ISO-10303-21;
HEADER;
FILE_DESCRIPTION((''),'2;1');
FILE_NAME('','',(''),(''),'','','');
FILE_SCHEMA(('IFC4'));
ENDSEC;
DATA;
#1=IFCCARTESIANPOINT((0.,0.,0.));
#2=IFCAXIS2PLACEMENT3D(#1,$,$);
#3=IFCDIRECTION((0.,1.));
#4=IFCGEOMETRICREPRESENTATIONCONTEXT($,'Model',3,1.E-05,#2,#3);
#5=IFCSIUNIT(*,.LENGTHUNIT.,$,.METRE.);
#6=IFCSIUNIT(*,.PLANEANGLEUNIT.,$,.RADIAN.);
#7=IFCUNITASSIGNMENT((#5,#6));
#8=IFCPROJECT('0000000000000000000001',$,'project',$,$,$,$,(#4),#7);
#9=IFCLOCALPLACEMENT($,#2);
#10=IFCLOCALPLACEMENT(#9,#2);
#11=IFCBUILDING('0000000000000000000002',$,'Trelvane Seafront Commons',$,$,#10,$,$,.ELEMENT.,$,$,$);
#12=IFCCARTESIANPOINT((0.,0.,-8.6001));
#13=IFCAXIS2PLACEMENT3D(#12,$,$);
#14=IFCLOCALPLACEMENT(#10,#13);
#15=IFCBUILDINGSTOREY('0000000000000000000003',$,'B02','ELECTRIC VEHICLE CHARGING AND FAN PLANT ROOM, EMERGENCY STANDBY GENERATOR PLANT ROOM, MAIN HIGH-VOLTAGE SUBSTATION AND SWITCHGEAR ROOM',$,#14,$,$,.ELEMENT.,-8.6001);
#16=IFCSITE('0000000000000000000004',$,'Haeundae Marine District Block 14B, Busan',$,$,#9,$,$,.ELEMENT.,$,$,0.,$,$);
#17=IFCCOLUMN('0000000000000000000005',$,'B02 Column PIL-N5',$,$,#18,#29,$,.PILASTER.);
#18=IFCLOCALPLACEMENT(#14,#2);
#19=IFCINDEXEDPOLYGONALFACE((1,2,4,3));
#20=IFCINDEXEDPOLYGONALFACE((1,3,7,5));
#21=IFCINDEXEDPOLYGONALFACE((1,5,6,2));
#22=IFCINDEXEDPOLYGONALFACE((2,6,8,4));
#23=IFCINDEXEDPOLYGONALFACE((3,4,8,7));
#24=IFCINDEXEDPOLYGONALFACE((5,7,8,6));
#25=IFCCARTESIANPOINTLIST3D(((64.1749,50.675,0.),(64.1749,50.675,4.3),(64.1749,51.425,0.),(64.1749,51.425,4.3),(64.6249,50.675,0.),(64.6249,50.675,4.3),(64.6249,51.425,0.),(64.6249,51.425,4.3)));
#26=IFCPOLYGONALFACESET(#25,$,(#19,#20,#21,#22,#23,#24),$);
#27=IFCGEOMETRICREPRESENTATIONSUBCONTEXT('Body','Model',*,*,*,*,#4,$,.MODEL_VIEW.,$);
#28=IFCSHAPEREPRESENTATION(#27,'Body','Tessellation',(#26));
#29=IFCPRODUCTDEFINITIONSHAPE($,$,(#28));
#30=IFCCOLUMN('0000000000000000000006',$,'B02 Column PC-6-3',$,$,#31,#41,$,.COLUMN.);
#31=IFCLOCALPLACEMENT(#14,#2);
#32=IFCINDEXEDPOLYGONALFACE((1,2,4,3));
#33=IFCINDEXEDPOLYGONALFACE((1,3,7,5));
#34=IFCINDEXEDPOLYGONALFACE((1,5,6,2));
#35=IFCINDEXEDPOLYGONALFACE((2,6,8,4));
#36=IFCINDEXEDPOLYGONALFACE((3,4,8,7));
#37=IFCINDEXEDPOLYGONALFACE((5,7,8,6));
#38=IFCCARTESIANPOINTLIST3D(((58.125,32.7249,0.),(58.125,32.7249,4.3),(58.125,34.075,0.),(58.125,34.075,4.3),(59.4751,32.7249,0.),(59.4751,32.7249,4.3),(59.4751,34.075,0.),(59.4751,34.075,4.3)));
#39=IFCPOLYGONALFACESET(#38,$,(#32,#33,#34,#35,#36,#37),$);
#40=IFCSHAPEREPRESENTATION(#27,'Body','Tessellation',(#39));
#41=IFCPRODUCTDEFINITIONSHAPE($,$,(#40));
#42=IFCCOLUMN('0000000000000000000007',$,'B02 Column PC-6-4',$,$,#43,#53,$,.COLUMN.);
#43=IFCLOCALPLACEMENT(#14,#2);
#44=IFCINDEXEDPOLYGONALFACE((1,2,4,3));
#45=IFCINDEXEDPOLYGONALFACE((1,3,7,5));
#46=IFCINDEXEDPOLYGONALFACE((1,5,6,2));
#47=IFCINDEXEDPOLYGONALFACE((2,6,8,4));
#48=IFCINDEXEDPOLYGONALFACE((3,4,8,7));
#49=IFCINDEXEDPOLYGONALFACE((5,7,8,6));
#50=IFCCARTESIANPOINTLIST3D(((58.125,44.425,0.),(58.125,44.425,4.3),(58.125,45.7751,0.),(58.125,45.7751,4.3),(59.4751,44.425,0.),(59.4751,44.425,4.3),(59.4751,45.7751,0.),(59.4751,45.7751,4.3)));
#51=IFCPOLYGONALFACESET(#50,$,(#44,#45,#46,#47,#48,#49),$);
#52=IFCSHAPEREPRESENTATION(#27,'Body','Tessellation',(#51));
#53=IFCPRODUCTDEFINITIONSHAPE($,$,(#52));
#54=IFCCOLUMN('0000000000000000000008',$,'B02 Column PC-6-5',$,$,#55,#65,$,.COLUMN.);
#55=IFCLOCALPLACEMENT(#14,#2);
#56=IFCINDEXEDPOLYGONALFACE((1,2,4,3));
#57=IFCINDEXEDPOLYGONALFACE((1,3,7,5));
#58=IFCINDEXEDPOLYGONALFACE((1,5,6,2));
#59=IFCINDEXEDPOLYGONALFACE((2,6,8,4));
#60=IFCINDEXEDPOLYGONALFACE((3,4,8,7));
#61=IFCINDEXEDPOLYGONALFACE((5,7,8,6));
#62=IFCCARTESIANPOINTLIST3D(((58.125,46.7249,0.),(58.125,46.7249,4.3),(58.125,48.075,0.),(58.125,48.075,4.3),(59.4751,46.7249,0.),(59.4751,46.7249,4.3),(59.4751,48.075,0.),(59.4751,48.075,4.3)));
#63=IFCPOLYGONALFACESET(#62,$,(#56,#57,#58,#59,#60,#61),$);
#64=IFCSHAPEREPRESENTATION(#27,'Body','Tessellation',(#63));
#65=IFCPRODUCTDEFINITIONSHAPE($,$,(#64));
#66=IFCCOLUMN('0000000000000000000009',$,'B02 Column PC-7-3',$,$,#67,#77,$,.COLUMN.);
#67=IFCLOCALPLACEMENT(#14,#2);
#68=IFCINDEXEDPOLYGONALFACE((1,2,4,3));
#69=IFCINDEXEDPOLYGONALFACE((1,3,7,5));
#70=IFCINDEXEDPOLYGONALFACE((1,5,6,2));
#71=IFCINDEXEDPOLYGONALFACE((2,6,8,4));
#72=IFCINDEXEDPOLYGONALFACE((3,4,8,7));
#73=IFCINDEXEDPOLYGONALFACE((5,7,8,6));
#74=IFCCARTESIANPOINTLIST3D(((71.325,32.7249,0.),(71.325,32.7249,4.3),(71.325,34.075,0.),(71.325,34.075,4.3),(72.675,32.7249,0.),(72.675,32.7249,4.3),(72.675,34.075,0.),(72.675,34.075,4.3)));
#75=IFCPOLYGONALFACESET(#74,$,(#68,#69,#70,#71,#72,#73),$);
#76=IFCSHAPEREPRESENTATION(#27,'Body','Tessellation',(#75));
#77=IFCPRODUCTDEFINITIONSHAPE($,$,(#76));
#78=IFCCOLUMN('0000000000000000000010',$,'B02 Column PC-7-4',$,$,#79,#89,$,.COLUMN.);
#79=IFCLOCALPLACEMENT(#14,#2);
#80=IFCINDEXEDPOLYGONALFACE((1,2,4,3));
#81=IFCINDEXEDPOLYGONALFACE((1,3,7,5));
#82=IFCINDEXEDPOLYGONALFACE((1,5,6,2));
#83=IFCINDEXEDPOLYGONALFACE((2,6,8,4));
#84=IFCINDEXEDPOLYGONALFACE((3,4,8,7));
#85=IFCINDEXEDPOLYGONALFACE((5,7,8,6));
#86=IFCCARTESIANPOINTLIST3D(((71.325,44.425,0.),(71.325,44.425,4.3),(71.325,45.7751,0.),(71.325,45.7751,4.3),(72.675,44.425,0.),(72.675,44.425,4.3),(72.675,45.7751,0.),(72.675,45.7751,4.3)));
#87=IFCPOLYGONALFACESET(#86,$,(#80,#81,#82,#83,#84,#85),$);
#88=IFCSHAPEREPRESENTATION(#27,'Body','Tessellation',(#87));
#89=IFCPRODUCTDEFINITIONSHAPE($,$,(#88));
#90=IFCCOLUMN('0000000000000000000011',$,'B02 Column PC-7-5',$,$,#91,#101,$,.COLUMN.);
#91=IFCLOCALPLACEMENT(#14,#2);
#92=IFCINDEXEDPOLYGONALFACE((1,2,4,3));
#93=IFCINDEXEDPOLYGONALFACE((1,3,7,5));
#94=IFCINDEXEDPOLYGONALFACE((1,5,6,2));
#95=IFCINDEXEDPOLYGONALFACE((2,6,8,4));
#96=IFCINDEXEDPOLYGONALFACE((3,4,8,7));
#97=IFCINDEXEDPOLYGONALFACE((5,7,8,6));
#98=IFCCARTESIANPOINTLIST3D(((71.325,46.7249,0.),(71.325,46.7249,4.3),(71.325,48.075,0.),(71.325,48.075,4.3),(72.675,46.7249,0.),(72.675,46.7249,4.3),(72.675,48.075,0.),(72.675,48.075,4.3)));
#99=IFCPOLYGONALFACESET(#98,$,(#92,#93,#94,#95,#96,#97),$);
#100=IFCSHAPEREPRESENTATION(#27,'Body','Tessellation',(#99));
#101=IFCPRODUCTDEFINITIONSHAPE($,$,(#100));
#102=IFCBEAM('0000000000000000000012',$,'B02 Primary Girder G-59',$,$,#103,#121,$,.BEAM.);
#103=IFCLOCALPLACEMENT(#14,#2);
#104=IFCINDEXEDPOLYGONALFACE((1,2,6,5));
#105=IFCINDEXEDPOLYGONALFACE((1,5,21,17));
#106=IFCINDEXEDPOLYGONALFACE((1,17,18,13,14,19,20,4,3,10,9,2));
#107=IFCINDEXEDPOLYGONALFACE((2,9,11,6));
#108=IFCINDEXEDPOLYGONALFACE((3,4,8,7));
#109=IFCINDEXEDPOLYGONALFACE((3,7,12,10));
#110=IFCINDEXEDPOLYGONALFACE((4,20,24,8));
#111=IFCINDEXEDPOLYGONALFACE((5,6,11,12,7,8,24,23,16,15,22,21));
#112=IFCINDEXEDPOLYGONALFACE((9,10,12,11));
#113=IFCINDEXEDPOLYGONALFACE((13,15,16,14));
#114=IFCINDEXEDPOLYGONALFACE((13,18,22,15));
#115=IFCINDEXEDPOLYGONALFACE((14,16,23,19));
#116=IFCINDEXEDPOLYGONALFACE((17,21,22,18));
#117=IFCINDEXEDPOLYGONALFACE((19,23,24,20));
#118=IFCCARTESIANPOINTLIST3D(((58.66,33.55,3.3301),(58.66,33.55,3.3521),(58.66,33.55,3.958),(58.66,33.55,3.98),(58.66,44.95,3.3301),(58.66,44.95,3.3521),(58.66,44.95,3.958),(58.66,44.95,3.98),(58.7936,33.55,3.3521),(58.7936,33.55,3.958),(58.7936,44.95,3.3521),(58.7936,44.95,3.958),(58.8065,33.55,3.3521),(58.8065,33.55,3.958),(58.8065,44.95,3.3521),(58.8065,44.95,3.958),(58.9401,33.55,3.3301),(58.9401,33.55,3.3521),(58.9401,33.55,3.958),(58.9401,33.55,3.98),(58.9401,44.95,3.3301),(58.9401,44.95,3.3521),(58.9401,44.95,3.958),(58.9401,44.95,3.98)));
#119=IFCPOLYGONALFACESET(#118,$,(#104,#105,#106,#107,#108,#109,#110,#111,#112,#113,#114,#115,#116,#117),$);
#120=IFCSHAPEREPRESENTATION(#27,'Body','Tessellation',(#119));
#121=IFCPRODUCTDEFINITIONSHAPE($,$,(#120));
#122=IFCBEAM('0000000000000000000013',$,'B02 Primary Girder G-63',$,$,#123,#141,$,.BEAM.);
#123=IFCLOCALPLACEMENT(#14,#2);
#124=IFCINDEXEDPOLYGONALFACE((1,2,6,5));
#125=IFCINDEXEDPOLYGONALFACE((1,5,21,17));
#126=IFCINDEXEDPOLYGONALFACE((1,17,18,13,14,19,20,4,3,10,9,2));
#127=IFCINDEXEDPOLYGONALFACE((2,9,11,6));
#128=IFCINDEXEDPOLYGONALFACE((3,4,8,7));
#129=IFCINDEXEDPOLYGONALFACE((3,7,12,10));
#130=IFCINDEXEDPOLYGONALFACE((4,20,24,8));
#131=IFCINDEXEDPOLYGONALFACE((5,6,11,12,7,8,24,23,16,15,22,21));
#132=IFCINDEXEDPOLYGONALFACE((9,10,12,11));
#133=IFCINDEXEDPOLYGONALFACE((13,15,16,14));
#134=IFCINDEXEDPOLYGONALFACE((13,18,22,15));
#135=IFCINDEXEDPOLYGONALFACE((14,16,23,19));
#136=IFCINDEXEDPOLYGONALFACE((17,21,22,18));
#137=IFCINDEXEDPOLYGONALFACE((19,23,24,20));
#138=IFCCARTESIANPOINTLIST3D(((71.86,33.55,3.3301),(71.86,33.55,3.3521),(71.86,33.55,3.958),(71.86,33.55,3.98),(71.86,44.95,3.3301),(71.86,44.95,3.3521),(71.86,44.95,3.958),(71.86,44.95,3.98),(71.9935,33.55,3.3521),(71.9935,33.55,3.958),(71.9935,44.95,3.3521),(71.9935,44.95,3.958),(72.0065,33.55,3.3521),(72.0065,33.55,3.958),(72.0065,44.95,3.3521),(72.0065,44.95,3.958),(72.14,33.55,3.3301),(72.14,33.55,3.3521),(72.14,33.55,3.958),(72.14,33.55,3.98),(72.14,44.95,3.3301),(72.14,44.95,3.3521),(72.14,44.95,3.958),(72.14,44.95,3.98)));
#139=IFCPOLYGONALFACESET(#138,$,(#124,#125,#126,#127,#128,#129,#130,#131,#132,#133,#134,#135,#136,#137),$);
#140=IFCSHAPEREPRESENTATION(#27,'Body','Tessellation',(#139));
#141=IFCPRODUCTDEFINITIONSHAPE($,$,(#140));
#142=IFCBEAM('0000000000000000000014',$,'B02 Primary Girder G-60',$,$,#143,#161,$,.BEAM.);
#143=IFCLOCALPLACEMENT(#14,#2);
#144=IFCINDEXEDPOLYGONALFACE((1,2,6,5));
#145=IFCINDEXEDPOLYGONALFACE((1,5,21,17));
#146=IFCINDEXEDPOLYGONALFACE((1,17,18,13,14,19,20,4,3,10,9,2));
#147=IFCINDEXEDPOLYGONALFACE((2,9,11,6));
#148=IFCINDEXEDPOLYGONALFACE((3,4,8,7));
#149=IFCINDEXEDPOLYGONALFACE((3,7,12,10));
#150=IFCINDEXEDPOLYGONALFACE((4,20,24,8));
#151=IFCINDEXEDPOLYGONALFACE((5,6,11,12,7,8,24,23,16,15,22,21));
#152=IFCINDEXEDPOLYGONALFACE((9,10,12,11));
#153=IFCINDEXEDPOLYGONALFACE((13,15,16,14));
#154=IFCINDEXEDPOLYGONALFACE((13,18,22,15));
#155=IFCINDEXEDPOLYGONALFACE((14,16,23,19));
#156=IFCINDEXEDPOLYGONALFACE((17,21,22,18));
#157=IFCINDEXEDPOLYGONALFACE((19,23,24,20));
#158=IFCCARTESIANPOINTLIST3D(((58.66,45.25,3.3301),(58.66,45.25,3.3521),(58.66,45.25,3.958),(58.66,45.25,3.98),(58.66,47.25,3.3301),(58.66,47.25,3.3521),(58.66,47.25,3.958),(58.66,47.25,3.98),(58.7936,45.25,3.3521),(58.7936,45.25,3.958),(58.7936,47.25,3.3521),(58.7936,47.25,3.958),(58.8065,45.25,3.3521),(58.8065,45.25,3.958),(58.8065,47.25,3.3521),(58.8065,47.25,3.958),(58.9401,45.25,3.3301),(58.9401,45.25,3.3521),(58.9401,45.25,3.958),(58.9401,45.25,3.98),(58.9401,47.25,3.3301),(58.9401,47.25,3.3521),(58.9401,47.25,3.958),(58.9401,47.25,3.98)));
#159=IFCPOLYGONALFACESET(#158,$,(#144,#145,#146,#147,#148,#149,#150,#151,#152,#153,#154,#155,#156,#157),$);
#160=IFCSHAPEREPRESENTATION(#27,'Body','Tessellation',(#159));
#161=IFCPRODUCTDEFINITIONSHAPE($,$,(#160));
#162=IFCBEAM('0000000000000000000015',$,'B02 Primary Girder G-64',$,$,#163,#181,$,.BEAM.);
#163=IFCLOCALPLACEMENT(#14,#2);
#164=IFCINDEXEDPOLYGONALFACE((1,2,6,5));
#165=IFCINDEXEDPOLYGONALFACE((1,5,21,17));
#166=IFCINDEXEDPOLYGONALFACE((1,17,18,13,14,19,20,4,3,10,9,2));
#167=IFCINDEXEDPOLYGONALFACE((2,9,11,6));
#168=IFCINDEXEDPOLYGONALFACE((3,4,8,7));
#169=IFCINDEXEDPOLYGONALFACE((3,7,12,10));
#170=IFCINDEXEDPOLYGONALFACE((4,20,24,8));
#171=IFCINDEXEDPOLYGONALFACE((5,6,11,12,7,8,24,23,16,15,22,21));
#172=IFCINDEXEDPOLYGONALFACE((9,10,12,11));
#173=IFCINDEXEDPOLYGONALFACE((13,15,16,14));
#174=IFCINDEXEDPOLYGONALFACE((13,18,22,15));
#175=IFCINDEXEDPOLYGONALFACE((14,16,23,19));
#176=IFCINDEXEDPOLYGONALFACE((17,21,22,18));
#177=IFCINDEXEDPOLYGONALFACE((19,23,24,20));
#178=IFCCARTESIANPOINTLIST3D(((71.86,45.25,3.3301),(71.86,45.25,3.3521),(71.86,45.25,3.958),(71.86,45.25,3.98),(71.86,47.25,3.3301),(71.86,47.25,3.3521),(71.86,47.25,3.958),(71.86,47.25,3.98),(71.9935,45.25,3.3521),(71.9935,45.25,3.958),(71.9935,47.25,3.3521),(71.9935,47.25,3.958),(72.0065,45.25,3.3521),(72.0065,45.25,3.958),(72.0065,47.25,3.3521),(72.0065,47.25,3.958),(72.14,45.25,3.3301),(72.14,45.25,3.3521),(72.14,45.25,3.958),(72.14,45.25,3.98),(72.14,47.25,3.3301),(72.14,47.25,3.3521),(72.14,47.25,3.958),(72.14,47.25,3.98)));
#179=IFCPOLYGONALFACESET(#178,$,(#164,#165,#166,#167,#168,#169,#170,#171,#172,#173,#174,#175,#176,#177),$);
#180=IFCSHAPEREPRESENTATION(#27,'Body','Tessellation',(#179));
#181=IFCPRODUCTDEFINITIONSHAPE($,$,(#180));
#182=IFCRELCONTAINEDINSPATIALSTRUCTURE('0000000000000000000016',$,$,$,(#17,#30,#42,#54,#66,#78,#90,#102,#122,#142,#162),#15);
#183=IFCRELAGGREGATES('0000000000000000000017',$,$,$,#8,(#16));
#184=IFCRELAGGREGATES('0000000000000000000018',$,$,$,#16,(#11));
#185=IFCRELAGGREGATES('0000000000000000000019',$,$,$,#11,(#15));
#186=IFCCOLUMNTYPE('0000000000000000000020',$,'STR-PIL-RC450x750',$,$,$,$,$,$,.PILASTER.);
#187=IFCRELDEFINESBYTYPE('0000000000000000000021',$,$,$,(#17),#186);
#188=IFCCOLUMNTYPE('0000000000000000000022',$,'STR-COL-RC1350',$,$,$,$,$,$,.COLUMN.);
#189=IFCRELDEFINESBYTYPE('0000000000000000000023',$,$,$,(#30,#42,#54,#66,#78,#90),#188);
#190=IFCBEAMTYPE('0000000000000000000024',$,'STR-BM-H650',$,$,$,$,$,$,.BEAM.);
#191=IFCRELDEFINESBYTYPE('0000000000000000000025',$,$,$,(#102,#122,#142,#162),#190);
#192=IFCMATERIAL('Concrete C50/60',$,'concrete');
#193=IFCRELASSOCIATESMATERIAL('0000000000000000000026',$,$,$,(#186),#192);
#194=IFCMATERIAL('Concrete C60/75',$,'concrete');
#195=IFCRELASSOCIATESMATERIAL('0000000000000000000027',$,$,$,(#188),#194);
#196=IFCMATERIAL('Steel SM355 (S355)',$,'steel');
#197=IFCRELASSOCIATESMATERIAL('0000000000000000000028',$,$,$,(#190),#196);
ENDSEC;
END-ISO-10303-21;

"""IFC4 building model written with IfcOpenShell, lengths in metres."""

from ifc_helpers import new_model, si_unit, direction, frame, origin, origin_2d, place, context, subcontext, project, spatial, rectangle, i_section, extrude, source, transform, mapped, material, material_profile, profile_set, type_object, element, save


model = new_model("IFC4")

# Units and contexts
model_context = context("Model", 3, precision=1e-05, world=origin(), true_north=direction((0.0, 1.0)))
body_context = subcontext(model_context, "Body", "Model", "MODEL_VIEW")
ifc_project = project(units=[si_unit("LENGTHUNIT", "METRE"), si_unit("PLANEANGLEUNIT", "RADIAN")], contexts=[model_context])

# Site, building, storey
site_placement = place(None, origin())
site = spatial("IfcSite", under=ifc_project, at=site_placement, Name="Haeundae Marine District Block 14B, Busan", CompositionType="ELEMENT", RefElevation=0.0)
building_placement = place(site_placement, origin())
building = spatial("IfcBuilding", under=site, at=building_placement, Name="Trelvane Seafront Commons", CompositionType="ELEMENT")
storey_placement = place(building_placement, frame((0.0, 0.0, -8.6001)))
storey = spatial("IfcBuildingStorey", under=building, at=storey_placement, Name="B02", Description="ELECTRIC VEHICLE CHARGING AND FAN PLANT ROOM, EMERGENCY STANDBY GENERATOR PLANT ROOM, MAIN HIGH-VOLTAGE SUBSTATION AND SWITCHGEAR ROOM", CompositionType="ELEMENT", Elevation=-8.6001)

# Columns
ifc_material_1 = material(Name="Concrete C50/60", Category="concrete")
ifc_material_profile_1 = material_profile(ifc_material_1, rectangle(XDim=0.45, YDim=0.75, at=origin_2d()), Name="RC-450x750")
ifc_profile_set_1 = profile_set([ifc_material_profile_1], Name="Concrete C50/60")
column_type_1 = type_object("IfcColumnType", Name="STR-PIL-RC450x750", PredefinedType="PILASTER", material=ifc_profile_set_1)
shared_shape_1 = source(origin(), body_context, "Body", "SweptSolid", [
    extrude(rectangle(XDim=0.45, YDim=0.75, at=origin_2d()), origin(), (0.0, 0.0, 1.0), 4.3),
])
column_placement = place(storey_placement, frame((64.3999, 51.05, 0.0), z_axis=(0.0, 0.0, 1.0), x_axis=(1.0, 0.0, 0.0)))
element("IfcColumn", 1, at=column_placement, inside=storey, type_object=column_type_1, Name="B02 Column PIL-N5", PredefinedType="PILASTER", context=body_context, shape_type="MappedRepresentation", body=[
    mapped(shared_shape_1, transform((0.0, 0.0, 0.0), x_axis=(1.0, 0.0, 0.0), y_axis=(0.0, 1.0, 0.0), z_axis=(0.0, 0.0, 1.0), scale=1.0)),
])
ifc_material_2 = material(Name="Concrete C60/75", Category="concrete")
ifc_material_profile_2 = material_profile(ifc_material_2, rectangle(XDim=1.3501, YDim=1.3501, at=origin_2d()), Name="RC-1350x1350")
ifc_profile_set_2 = profile_set([ifc_material_profile_2], Name="Concrete C60/75")
column_type_2 = type_object("IfcColumnType", Name="STR-COL-RC1350", PredefinedType="COLUMN", material=ifc_profile_set_2)
shared_shape_2 = source(origin(), body_context, "Body", "SweptSolid", [
    extrude(rectangle(XDim=1.3501, YDim=1.3501, at=origin_2d()), origin(), (0.0, 0.0, 1.0), 4.3),
])
for number, where, z_axis, x_axis, name in (
    (2, (58.8, 33.3999, 0.0), (0.0, 0.0, 1.0), (1.0, 0.0, 0.0), "B02 Column PC-6-3"),
    (3, (58.8, 45.1001, 0.0), (0.0, 0.0, 1.0), (1.0, 0.0, 0.0), "B02 Column PC-6-4"),
    (4, (58.8, 47.3999, 0.0), (0.0, 0.0, 1.0), (1.0, 0.0, 0.0), "B02 Column PC-6-5"),
    (5, (72.0, 33.3999, 0.0), (0.0, 0.0, 1.0), (1.0, 0.0, 0.0), "B02 Column PC-7-3"),
    (6, (72.0, 45.1001, 0.0), (0.0, 0.0, 1.0), (1.0, 0.0, 0.0), "B02 Column PC-7-4"),
    (7, (72.0, 47.3999, 0.0), (0.0, 0.0, 1.0), (1.0, 0.0, 0.0), "B02 Column PC-7-5"),
):
    element("IfcColumn", number, at=place(storey_placement, frame(where, z_axis=z_axis, x_axis=x_axis)), inside=storey, type_object=column_type_2, Name=name, PredefinedType="COLUMN", context=body_context, shape_type="MappedRepresentation", body=[
        mapped(shared_shape_2, transform((0.0, 0.0, 0.0), x_axis=(1.0, 0.0, 0.0), y_axis=(0.0, 1.0, 0.0), z_axis=(0.0, 0.0, 1.0), scale=1.0)),
    ])

# Beams
ifc_material_3 = material(Name="Steel SM355 (S355)", Category="steel")
ifc_material_profile_3 = material_profile(ifc_material_3, i_section(OverallWidth=0.28, OverallDepth=0.6499, WebThickness=0.0129, FlangeThickness=0.022, at=origin_2d()), Name="H-650x280x13x22")
ifc_profile_set_3 = profile_set([ifc_material_profile_3], Name="Steel SM355 (S355)")
beam_type_1 = type_object("IfcBeamType", Name="STR-BM-H650", PredefinedType="BEAM", material=ifc_profile_set_3)
shared_shape_3 = source(origin(), body_context, "Body", "SweptSolid", [
    extrude(i_section(OverallWidth=0.28, OverallDepth=0.6499, WebThickness=0.0129, FlangeThickness=0.022, at=origin_2d()), origin(), (0.0, 0.0, 1.0), 11.3999),
])
for number, where, z_axis, x_axis, name in (
    (8, (58.8, 33.55, 3.655), (0.0, 1.0, 0.0), (-1.0, 0.0, 0.0), "B02 Primary Girder G-59"),
    (9, (72.0, 33.55, 3.655), (0.0, 1.0, 0.0), (-1.0, 0.0, 0.0), "B02 Primary Girder G-63"),
):
    element("IfcBeam", number, at=place(storey_placement, frame(where, z_axis=z_axis, x_axis=x_axis)), inside=storey, type_object=beam_type_1, Name=name, PredefinedType="BEAM", context=body_context, shape_type="MappedRepresentation", body=[
        mapped(shared_shape_3, transform((0.0, 0.0, 0.0), x_axis=(1.0, 0.0, 0.0), y_axis=(0.0, 1.0, 0.0), z_axis=(0.0, 0.0, 1.0), scale=1.0)),
    ])
shared_shape_4 = source(origin(), body_context, "Body", "SweptSolid", [
    extrude(i_section(OverallWidth=0.28, OverallDepth=0.6499, WebThickness=0.0129, FlangeThickness=0.022, at=origin_2d()), origin(), (0.0, 0.0, 1.0), 2.0),
])
for number, where, z_axis, x_axis, name in (
    (10, (58.8, 45.25, 3.655), (0.0, 1.0, 0.0), (-1.0, 0.0, 0.0), "B02 Primary Girder G-60"),
    (11, (72.0, 45.25, 3.655), (0.0, 1.0, 0.0), (-1.0, 0.0, 0.0), "B02 Primary Girder G-64"),
):
    element("IfcBeam", number, at=place(storey_placement, frame(where, z_axis=z_axis, x_axis=x_axis)), inside=storey, type_object=beam_type_1, Name=name, PredefinedType="BEAM", context=body_context, shape_type="MappedRepresentation", body=[
        mapped(shared_shape_4, transform((0.0, 0.0, 0.0), x_axis=(1.0, 0.0, 0.0), y_axis=(0.0, 1.0, 0.0), z_axis=(0.0, 0.0, 1.0), scale=1.0)),
    ])

save(model, "model.ifc")
